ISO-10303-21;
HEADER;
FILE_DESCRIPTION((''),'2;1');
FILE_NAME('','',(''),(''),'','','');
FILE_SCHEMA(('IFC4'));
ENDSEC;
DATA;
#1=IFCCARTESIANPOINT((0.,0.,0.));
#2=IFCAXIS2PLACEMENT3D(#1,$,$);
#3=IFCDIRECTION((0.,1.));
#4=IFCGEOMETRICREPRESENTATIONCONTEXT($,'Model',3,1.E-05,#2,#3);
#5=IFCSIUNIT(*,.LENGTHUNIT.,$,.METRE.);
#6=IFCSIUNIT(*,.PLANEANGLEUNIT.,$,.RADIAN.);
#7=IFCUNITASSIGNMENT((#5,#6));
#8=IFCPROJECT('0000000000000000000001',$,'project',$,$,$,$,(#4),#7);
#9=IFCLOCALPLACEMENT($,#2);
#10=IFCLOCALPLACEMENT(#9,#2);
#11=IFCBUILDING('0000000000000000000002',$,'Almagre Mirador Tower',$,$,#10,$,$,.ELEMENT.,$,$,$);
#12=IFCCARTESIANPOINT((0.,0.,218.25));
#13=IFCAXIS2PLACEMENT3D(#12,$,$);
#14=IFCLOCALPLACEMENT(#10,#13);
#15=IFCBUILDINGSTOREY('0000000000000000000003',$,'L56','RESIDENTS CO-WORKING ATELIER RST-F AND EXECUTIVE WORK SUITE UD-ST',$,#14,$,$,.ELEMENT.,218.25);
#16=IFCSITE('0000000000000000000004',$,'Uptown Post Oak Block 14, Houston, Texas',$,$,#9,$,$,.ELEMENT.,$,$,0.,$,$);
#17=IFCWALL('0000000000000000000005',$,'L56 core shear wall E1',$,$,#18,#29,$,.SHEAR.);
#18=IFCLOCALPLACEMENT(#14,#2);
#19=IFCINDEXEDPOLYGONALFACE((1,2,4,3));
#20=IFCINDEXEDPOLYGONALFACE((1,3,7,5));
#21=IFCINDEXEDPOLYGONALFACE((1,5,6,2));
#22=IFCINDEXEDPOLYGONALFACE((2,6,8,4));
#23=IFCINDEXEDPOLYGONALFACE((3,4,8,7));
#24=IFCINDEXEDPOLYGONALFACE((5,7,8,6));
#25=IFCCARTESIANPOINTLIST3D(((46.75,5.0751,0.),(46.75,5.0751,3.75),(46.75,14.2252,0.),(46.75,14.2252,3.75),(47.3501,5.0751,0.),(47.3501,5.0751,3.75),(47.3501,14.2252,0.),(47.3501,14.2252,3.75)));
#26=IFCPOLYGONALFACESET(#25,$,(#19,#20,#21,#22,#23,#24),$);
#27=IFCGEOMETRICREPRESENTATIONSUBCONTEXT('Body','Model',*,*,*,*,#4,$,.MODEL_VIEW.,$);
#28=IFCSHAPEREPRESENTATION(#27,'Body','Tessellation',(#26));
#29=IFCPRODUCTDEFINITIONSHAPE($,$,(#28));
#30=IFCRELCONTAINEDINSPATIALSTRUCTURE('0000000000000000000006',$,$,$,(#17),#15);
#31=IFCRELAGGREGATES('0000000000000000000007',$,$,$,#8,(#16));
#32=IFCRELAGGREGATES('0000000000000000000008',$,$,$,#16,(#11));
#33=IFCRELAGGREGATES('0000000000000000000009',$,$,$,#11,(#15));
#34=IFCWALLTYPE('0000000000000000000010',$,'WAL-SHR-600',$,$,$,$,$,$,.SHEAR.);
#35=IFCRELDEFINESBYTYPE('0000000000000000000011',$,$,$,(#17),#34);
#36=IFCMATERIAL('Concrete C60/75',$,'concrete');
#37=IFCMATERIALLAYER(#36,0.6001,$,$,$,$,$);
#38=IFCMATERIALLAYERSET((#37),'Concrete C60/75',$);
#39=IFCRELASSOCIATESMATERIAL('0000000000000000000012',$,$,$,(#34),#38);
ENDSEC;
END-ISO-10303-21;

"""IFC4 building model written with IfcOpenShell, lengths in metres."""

from ifc_helpers import new_model, si_unit, direction, frame, frame_2d, origin, place, context, subcontext, project, spatial, rectangle, extrude, material, layer, layer_set, type_object, element, save


model = new_model("IFC4")

# Units and contexts
model_context = context("Model", 3, precision=1e-05, world=origin(), true_north=direction((0.0, 1.0)))
body_context = subcontext(model_context, "Body", "Model", "MODEL_VIEW")
ifc_project = project(units=[si_unit("LENGTHUNIT", "METRE"), si_unit("PLANEANGLEUNIT", "RADIAN")], contexts=[model_context])

# Site, building, storey
site_placement = place(None, origin())
site = spatial("IfcSite", under=ifc_project, at=site_placement, Name="Uptown Post Oak Block 14, Houston, Texas", CompositionType="ELEMENT", RefElevation=0.0)
building_placement = place(site_placement, origin())
building = spatial("IfcBuilding", under=site, at=building_placement, Name="Almagre Mirador Tower", CompositionType="ELEMENT")
storey_placement = place(building_placement, frame((0.0, 0.0, 218.25)))
storey = spatial("IfcBuildingStorey", under=building, at=storey_placement, Name="L56", Description="RESIDENTS CO-WORKING ATELIER RST-F AND EXECUTIVE WORK SUITE UD-ST", CompositionType="ELEMENT", Elevation=218.25)

# Wall
ifc_material_1 = material(Name="Concrete C60/75", Category="concrete")
ifc_layer_1 = layer(ifc_material_1, 0.6001)
ifc_layer_set_1 = layer_set([ifc_layer_1], Name="Concrete C60/75")
wall_type_1 = type_object("IfcWallType", Name="WAL-SHR-600", PredefinedType="SHEAR", material=ifc_layer_set_1)
wall_1_placement = place(storey_placement, frame((47.05, 5.075, 0.0), z_axis=(0.0, 0.0, 1.0), x_axis=(0.0, 1.0, 0.0)))
element("IfcWall", 1, at=wall_1_placement, inside=storey, type_object=wall_type_1, Name="L56 core shear wall E1", PredefinedType="SHEAR", context=body_context, shape_type="SweptSolid", body=[
    extrude(rectangle(XDim=9.1501, YDim=0.6001, at=frame_2d((4.5752, 0.0))), origin(), (0.0, 0.0, 1.0), 3.75),
])

save(model, "model.ifc")
